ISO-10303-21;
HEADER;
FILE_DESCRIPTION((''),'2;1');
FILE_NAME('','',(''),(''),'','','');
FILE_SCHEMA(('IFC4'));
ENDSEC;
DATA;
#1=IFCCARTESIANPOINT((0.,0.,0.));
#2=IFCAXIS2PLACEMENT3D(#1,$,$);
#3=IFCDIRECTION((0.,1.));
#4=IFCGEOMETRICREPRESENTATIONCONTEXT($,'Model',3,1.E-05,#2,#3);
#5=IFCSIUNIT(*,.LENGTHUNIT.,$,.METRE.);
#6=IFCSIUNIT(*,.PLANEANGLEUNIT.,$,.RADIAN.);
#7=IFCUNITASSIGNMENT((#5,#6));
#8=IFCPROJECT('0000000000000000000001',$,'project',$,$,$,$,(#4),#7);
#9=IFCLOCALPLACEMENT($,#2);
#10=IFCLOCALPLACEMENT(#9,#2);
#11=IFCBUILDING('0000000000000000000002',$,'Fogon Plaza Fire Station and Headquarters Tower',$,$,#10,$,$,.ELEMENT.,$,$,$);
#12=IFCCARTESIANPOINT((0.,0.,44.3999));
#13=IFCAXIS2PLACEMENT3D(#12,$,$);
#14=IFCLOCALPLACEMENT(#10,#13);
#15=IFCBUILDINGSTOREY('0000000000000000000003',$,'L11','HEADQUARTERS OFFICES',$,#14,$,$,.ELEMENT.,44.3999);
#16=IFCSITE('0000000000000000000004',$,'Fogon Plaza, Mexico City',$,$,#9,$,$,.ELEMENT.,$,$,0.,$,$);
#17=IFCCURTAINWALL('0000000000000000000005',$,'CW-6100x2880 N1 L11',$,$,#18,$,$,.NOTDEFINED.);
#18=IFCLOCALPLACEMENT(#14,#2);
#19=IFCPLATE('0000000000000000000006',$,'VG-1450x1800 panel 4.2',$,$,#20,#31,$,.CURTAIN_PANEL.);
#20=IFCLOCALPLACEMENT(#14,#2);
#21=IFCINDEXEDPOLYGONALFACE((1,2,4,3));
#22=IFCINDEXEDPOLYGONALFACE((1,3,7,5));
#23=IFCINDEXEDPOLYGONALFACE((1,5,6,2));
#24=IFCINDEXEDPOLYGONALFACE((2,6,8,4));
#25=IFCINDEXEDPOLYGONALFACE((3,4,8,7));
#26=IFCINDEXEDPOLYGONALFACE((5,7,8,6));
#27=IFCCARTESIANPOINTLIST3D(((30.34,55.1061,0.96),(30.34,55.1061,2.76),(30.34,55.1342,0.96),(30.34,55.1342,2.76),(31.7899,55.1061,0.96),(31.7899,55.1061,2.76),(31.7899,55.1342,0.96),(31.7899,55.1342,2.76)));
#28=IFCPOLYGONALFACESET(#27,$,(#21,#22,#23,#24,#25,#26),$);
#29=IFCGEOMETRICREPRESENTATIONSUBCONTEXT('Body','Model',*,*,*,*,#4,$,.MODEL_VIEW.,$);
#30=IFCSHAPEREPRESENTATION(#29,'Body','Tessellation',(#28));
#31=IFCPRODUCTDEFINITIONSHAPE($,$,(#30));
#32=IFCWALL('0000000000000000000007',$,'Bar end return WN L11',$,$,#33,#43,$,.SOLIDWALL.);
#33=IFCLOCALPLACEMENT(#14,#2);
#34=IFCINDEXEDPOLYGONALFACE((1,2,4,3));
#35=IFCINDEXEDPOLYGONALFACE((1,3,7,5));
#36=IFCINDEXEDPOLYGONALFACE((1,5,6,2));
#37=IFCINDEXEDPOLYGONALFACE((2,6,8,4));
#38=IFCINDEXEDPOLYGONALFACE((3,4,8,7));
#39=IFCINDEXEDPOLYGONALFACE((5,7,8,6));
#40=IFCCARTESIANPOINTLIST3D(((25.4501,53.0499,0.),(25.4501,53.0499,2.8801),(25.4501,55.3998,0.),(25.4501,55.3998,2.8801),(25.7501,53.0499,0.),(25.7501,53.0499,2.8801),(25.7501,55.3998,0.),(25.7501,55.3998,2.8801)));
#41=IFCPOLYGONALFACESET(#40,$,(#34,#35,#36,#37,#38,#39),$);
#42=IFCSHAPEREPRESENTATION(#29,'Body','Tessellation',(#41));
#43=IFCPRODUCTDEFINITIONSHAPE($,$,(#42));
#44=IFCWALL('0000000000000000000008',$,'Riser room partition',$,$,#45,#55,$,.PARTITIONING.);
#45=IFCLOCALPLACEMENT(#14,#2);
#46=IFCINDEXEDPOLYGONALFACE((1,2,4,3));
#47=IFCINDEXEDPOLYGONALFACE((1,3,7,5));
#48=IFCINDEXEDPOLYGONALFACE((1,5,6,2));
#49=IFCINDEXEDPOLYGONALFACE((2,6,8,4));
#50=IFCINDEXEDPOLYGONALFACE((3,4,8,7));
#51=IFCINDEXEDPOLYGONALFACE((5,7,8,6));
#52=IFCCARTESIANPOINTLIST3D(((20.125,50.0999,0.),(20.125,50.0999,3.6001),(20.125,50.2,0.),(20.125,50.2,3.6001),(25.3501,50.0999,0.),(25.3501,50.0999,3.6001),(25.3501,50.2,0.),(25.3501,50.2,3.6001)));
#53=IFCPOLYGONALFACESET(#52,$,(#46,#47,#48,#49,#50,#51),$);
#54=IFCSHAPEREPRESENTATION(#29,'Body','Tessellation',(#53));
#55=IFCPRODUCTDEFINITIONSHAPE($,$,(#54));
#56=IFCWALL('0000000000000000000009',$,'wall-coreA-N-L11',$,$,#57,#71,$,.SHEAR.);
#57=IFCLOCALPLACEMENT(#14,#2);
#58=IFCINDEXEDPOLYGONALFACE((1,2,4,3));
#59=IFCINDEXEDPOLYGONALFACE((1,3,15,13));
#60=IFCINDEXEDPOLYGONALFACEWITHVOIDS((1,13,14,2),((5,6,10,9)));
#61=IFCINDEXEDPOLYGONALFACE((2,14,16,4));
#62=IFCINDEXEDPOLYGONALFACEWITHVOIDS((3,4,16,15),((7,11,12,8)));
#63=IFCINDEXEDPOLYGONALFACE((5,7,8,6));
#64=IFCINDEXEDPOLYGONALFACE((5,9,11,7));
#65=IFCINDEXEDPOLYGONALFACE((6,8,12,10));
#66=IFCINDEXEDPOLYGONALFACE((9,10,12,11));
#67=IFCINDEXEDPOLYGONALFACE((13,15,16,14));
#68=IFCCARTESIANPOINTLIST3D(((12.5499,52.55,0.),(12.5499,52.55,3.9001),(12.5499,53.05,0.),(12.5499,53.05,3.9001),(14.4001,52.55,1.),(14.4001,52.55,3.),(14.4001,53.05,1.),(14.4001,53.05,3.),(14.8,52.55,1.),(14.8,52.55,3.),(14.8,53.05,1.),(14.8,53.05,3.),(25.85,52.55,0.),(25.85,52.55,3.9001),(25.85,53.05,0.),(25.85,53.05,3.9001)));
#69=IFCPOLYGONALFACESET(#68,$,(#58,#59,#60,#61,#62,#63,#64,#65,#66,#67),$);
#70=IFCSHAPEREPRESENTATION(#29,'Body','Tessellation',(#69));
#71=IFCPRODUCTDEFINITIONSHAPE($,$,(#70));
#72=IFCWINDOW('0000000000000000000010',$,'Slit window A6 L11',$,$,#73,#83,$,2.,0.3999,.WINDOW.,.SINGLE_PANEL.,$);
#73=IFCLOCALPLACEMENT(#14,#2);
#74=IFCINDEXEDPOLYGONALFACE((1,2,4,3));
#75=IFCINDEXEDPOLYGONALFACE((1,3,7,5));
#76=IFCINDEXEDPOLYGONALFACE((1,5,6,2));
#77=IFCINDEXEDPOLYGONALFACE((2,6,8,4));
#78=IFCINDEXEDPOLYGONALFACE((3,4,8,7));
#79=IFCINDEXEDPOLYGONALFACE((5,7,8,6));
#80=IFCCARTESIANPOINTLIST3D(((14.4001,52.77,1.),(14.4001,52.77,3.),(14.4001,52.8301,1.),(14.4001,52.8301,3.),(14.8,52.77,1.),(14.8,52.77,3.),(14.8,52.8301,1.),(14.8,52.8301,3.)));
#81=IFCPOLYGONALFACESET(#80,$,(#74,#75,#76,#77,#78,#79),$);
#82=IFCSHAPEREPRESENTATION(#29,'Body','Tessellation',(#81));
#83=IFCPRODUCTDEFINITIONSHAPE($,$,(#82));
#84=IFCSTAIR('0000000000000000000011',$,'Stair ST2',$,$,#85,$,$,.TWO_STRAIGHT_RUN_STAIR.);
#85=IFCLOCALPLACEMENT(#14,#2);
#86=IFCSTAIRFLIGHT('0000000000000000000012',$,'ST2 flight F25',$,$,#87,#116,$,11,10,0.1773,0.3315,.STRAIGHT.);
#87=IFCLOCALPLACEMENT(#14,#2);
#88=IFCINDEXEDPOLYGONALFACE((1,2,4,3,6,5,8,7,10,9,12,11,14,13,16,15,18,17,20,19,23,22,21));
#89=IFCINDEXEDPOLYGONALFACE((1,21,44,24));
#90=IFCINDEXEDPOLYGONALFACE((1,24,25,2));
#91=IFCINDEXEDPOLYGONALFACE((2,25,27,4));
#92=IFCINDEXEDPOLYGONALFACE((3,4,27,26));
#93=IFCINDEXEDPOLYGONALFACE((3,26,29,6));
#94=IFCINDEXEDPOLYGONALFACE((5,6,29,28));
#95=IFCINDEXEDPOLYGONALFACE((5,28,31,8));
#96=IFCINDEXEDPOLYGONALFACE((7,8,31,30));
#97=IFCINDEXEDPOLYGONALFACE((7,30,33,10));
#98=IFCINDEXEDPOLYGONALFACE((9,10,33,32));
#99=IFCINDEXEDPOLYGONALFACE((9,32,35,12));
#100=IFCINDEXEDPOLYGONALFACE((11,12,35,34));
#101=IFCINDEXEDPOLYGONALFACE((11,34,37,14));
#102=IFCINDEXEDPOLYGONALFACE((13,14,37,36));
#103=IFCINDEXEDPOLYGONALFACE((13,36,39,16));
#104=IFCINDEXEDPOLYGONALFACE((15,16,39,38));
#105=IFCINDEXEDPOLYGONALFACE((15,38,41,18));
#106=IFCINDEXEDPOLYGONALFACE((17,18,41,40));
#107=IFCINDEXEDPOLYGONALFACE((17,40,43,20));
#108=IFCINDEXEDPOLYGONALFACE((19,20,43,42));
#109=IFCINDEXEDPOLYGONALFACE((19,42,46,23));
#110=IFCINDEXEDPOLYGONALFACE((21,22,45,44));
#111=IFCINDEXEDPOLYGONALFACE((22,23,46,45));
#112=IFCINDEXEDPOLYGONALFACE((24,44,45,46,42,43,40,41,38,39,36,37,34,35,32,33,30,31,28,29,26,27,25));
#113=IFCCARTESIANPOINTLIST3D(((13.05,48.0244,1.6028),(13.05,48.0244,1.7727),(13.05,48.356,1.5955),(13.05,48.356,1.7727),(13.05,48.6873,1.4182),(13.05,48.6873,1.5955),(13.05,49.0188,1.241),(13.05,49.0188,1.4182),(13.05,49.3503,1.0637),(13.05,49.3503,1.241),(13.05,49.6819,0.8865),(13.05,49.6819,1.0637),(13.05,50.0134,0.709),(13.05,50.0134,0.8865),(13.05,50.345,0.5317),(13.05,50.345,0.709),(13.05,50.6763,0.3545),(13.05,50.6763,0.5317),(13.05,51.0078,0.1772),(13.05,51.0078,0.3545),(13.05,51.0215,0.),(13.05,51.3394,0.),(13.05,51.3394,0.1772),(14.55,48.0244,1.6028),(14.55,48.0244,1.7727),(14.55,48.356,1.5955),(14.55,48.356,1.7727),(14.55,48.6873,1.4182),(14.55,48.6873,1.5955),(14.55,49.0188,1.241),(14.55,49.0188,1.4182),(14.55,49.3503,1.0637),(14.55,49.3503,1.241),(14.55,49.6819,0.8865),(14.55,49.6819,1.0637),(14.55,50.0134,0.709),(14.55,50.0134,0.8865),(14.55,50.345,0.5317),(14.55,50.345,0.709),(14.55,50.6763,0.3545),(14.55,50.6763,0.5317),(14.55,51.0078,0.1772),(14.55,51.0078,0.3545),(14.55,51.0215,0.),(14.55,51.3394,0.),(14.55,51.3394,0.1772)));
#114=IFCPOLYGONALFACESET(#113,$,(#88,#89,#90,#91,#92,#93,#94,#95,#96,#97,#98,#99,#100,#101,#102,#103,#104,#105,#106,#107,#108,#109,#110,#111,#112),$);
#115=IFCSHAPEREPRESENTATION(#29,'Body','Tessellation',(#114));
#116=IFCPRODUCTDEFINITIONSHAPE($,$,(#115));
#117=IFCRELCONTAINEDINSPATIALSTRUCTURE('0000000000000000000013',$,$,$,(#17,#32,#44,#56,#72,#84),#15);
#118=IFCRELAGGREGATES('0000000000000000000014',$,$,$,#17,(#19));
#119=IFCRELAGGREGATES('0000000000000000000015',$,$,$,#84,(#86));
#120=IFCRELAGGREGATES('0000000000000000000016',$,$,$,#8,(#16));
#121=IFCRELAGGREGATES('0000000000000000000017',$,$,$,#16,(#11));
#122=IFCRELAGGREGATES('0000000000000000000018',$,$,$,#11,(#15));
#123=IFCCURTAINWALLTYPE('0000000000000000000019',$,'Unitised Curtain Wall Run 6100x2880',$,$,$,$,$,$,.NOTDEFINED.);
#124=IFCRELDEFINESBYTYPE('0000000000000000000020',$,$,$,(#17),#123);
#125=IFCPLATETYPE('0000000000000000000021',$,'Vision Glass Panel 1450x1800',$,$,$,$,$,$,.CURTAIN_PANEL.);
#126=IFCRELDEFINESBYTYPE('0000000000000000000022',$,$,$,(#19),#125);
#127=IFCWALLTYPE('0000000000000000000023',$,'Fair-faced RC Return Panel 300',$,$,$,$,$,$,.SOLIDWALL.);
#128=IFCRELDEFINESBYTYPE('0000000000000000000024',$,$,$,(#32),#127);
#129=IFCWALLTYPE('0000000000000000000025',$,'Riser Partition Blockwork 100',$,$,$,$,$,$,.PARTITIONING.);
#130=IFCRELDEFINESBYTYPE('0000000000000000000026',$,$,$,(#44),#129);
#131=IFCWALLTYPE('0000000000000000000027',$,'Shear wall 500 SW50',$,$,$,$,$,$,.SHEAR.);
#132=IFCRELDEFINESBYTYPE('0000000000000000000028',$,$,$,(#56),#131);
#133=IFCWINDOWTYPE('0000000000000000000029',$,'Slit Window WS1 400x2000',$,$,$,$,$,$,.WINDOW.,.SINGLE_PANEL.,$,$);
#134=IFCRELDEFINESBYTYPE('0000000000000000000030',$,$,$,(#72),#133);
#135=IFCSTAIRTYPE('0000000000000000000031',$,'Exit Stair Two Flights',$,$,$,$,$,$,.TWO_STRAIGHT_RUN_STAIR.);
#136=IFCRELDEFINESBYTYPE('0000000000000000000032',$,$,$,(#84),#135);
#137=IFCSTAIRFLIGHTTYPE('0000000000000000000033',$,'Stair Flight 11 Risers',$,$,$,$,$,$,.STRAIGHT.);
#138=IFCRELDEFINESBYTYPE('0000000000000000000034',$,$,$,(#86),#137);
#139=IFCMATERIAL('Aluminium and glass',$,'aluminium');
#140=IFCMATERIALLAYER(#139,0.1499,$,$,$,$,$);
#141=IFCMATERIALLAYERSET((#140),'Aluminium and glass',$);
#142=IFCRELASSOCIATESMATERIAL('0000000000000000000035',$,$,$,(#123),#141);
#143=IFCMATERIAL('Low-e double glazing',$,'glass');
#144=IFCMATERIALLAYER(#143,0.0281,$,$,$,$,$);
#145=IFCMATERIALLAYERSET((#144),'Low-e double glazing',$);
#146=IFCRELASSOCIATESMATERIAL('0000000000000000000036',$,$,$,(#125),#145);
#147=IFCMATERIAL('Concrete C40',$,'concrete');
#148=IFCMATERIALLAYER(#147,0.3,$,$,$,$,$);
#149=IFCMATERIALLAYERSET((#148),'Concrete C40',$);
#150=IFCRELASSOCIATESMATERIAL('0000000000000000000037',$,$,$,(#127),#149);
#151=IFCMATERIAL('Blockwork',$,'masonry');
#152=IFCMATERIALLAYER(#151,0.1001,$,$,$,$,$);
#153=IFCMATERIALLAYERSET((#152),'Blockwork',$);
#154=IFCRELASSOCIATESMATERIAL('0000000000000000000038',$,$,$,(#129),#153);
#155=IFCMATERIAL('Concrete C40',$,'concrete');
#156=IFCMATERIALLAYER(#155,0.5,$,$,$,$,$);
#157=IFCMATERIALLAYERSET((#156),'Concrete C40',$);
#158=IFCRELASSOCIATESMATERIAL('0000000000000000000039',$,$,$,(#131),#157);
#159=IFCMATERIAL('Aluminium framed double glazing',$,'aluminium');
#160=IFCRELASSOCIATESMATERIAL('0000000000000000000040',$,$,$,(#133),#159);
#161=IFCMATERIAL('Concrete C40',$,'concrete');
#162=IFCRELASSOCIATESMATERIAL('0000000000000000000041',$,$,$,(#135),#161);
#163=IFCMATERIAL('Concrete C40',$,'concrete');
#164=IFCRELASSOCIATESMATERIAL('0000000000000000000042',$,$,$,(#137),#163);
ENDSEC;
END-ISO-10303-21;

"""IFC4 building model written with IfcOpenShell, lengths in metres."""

from ifc_helpers import new_model, si_unit, direction, frame, frame_2d, origin, origin_2d, place, context, subcontext, project, spatial, polyline, rectangle, outline, extrude, material, layer, layer_set, type_object, element, fill, aggregate, save


model = new_model("IFC4")

# Units and contexts
model_context = context("Model", 3, precision=1e-05, world=origin(), true_north=direction((0.0, 1.0)))
body_context = subcontext(model_context, "Body", "Model", "MODEL_VIEW")
ifc_project = project(units=[si_unit("LENGTHUNIT", "METRE"), si_unit("PLANEANGLEUNIT", "RADIAN")], contexts=[model_context])

# Site, building, storey
site_placement = place(None, origin())
site = spatial("IfcSite", under=ifc_project, at=site_placement, Name="Fogon Plaza, Mexico City", CompositionType="ELEMENT", RefElevation=0.0)
building_placement = place(site_placement, origin())
building = spatial("IfcBuilding", under=site, at=building_placement, Name="Fogon Plaza Fire Station and Headquarters Tower", CompositionType="ELEMENT")
storey_placement = place(building_placement, frame((0.0, 0.0, 44.3999)))
storey = spatial("IfcBuildingStorey", under=building, at=storey_placement, Name="L11", Description="HEADQUARTERS OFFICES", CompositionType="ELEMENT", Elevation=44.3999)

# Curtain wall
ifc_material_1 = material(Name="Aluminium and glass", Category="aluminium")
ifc_layer_1 = layer(ifc_material_1, 0.1499)
ifc_layer_set_1 = layer_set([ifc_layer_1], Name="Aluminium and glass")
curtain_wall_type = type_object("IfcCurtainWallType", Name="Unitised Curtain Wall Run 6100x2880", PredefinedType="NOTDEFINED", material=ifc_layer_set_1)
curtain_wall_placement = place(storey_placement, origin())
curtain_wall = element("IfcCurtainWall", 1, at=curtain_wall_placement, inside=storey, type_object=curtain_wall_type, Name="CW-6100x2880 N1 L11", PredefinedType="NOTDEFINED")

# Plate
ifc_material_2 = material(Name="Low-e double glazing", Category="glass")
ifc_layer_2 = layer(ifc_material_2, 0.0281)
ifc_layer_set_2 = layer_set([ifc_layer_2], Name="Low-e double glazing")
plate_type_1 = type_object("IfcPlateType", Name="Vision Glass Panel 1450x1800", PredefinedType="CURTAIN_PANEL", material=ifc_layer_set_2)
plate_1_placement = place(storey_placement, frame((31.0649, 55.1201, 0.96), z_axis=(0.0, 0.0, 1.0), x_axis=(1.0, 0.0, 0.0)))
plate_1 = element("IfcPlate", 2, at=plate_1_placement, type_object=plate_type_1, Name="VG-1450x1800 panel 4.2", PredefinedType="CURTAIN_PANEL", context=body_context, shape_type="SweptSolid", body=[
    extrude(rectangle(XDim=1.45, YDim=0.0281, at=origin_2d()), origin(), (0.0, 0.0, 1.0), 1.8),
])
aggregate(curtain_wall, [plate_1])

# Walls
ifc_material_3 = material(Name="Concrete C40", Category="concrete")
ifc_layer_3 = layer(ifc_material_3, 0.3)
ifc_layer_set_3 = layer_set([ifc_layer_3], Name="Concrete C40")
wall_type_1 = type_object("IfcWallType", Name="Fair-faced RC Return Panel 300", PredefinedType="SOLIDWALL", material=ifc_layer_set_3)
wall_1_placement = place(storey_placement, frame((25.6001, 53.05, 0.0), z_axis=(0.0, 0.0, 1.0), x_axis=(0.0, 1.0, 0.0)))
element("IfcWall", 3, at=wall_1_placement, inside=storey, type_object=wall_type_1, Name="Bar end return WN L11", PredefinedType="SOLIDWALL", context=body_context, shape_type="SweptSolid", body=[
    extrude(rectangle(XDim=2.3499, YDim=0.3, at=frame_2d((1.1748, 0.0))), origin(), (0.0, 0.0, 1.0), 2.8801),
])
ifc_material_4 = material(Name="Blockwork", Category="masonry")
ifc_layer_4 = layer(ifc_material_4, 0.1001)
ifc_layer_set_4 = layer_set([ifc_layer_4], Name="Blockwork")
wall_type_2 = type_object("IfcWallType", Name="Riser Partition Blockwork 100", PredefinedType="PARTITIONING", material=ifc_layer_set_4)
wall_2_placement = place(storey_placement, frame((20.125, 50.1499, 0.0), z_axis=(0.0, 0.0, 1.0), x_axis=(1.0, 0.0, 0.0)))
element("IfcWall", 4, at=wall_2_placement, inside=storey, type_object=wall_type_2, Name="Riser room partition", PredefinedType="PARTITIONING", context=body_context, shape_type="SweptSolid", body=[
    extrude(rectangle(XDim=5.2251, YDim=0.1001, at=frame_2d((2.6125, 0.0))), origin(), (0.0, 0.0, 1.0), 3.6001),
])

# Wall, opening, window
ifc_material_5 = material(Name="Concrete C40", Category="concrete")
ifc_layer_5 = layer(ifc_material_5, 0.5)
ifc_layer_set_5 = layer_set([ifc_layer_5], Name="Concrete C40")
wall_type_3 = type_object("IfcWallType", Name="Shear wall 500 SW50", PredefinedType="SHEAR", material=ifc_layer_set_5)
wall_3_placement = place(storey_placement, frame((12.55, 52.8, 0.0), z_axis=(0.0, 0.0, 1.0), x_axis=(1.0, 0.0, 0.0)))
wall_3 = element("IfcWall", 5, at=wall_3_placement, inside=storey, type_object=wall_type_3, Name="wall-coreA-N-L11", PredefinedType="SHEAR", context=body_context, shape_type="SweptSolid", body=[
    extrude(rectangle(XDim=13.3, YDim=0.5, at=frame_2d((6.6499, 0.0))), origin(), (0.0, 0.0, 1.0), 3.9001),
])
opening_placement = place(wall_3_placement, frame((1.8501, 0.0, 1.0)))
opening = element("IfcOpeningElement", 6, at=opening_placement, cuts=wall_3, PredefinedType="OPENING", context=body_context, shape_type="SweptSolid", body=[
    extrude(rectangle(XDim=0.3999, YDim=2.0, at=frame_2d((0.2, 1.0))), frame((0.0, 0.26, 0.0), z_axis=(0.0, -1.0, 0.0), x_axis=(1.0, 0.0, 0.0)), (0.0, 0.0, 1.0), 0.52),
])
ifc_material_6 = material(Name="Aluminium framed double glazing", Category="aluminium")
window_type = type_object("IfcWindowType", Name="Slit Window WS1 400x2000", PartitioningType="SINGLE_PANEL", PredefinedType="WINDOW", material=ifc_material_6)
window_placement = place(opening_placement, origin())
window = element("IfcWindow", 7, at=window_placement, inside=storey, type_object=window_type, Name="Slit window A6 L11", OverallHeight=2.0, OverallWidth=0.3999, PartitioningType="SINGLE_PANEL", PredefinedType="WINDOW", context=body_context, shape_type="SweptSolid", body=[
    extrude(rectangle(XDim=0.3999, YDim=2.0, at=frame_2d((0.2, 1.0))), frame((0.0, 0.03, 0.0), z_axis=(0.0, -1.0, 0.0), x_axis=(1.0, 0.0, 0.0)), (0.0, 0.0, 1.0), 0.0601),
])
fill(opening, window)

# Stair, stair flight
ifc_material_7 = material(Name="Concrete C40", Category="concrete")
stair_type = type_object("IfcStairType", Name="Exit Stair Two Flights", PredefinedType="TWO_STRAIGHT_RUN_STAIR", material=ifc_material_7)
stair_placement = place(storey_placement, origin())
stair = element("IfcStair", 8, at=stair_placement, inside=storey, type_object=stair_type, Name="Stair ST2", PredefinedType="TWO_STRAIGHT_RUN_STAIR")
ifc_material_8 = material(Name="Concrete C40", Category="concrete")
stair_flight_type = type_object("IfcStairFlightType", Name="Stair Flight 11 Risers", PredefinedType="STRAIGHT", material=ifc_material_8)
stair_flight_placement = place(storey_placement, frame((13.8, 51.3394, 0.0), z_axis=(0.0, 0.0, 1.0), x_axis=(0.0, -1.0, 0.0)))
stair_flight = element("IfcStairFlight", 9, at=stair_flight_placement, type_object=stair_flight_type, Name="ST2 flight F25", NumberOfRisers=11, NumberOfTreads=10, PredefinedType="STRAIGHT", RiserHeight=0.1773, TreadLength=0.3315, context=body_context, shape_type="SweptSolid", body=[
    extrude(outline(polyline([(0.0, 0.0), (0.0, 0.1772), (0.3315, 0.1772), (0.3315, 0.3545), (0.6631, 0.3545), (0.6631, 0.5317), (0.9944, 0.5317), (0.9944, 0.709), (1.3259, 0.709), (1.3259, 0.8865), (1.6575, 0.8865), (1.6575, 1.0637), (1.989, 1.0637), (1.989, 1.241), (2.3206, 1.241), (2.3206, 1.4182), (2.6521, 1.4182), (2.6521, 1.5955), (2.9834, 1.5955), (2.9834, 1.7727), (3.3149, 1.7727), (3.3149, 1.95), (3.3149, 1.6028), (0.3179, 0.0), (0.0, 0.0)])), frame((0.0, 0.75, 0.0), z_axis=(0.0, -1.0, 0.0), x_axis=(1.0, 0.0, 0.0)), (0.0, 0.0, 1.0), 1.5),
])
aggregate(stair, [stair_flight])

save(model, "model.ifc")
